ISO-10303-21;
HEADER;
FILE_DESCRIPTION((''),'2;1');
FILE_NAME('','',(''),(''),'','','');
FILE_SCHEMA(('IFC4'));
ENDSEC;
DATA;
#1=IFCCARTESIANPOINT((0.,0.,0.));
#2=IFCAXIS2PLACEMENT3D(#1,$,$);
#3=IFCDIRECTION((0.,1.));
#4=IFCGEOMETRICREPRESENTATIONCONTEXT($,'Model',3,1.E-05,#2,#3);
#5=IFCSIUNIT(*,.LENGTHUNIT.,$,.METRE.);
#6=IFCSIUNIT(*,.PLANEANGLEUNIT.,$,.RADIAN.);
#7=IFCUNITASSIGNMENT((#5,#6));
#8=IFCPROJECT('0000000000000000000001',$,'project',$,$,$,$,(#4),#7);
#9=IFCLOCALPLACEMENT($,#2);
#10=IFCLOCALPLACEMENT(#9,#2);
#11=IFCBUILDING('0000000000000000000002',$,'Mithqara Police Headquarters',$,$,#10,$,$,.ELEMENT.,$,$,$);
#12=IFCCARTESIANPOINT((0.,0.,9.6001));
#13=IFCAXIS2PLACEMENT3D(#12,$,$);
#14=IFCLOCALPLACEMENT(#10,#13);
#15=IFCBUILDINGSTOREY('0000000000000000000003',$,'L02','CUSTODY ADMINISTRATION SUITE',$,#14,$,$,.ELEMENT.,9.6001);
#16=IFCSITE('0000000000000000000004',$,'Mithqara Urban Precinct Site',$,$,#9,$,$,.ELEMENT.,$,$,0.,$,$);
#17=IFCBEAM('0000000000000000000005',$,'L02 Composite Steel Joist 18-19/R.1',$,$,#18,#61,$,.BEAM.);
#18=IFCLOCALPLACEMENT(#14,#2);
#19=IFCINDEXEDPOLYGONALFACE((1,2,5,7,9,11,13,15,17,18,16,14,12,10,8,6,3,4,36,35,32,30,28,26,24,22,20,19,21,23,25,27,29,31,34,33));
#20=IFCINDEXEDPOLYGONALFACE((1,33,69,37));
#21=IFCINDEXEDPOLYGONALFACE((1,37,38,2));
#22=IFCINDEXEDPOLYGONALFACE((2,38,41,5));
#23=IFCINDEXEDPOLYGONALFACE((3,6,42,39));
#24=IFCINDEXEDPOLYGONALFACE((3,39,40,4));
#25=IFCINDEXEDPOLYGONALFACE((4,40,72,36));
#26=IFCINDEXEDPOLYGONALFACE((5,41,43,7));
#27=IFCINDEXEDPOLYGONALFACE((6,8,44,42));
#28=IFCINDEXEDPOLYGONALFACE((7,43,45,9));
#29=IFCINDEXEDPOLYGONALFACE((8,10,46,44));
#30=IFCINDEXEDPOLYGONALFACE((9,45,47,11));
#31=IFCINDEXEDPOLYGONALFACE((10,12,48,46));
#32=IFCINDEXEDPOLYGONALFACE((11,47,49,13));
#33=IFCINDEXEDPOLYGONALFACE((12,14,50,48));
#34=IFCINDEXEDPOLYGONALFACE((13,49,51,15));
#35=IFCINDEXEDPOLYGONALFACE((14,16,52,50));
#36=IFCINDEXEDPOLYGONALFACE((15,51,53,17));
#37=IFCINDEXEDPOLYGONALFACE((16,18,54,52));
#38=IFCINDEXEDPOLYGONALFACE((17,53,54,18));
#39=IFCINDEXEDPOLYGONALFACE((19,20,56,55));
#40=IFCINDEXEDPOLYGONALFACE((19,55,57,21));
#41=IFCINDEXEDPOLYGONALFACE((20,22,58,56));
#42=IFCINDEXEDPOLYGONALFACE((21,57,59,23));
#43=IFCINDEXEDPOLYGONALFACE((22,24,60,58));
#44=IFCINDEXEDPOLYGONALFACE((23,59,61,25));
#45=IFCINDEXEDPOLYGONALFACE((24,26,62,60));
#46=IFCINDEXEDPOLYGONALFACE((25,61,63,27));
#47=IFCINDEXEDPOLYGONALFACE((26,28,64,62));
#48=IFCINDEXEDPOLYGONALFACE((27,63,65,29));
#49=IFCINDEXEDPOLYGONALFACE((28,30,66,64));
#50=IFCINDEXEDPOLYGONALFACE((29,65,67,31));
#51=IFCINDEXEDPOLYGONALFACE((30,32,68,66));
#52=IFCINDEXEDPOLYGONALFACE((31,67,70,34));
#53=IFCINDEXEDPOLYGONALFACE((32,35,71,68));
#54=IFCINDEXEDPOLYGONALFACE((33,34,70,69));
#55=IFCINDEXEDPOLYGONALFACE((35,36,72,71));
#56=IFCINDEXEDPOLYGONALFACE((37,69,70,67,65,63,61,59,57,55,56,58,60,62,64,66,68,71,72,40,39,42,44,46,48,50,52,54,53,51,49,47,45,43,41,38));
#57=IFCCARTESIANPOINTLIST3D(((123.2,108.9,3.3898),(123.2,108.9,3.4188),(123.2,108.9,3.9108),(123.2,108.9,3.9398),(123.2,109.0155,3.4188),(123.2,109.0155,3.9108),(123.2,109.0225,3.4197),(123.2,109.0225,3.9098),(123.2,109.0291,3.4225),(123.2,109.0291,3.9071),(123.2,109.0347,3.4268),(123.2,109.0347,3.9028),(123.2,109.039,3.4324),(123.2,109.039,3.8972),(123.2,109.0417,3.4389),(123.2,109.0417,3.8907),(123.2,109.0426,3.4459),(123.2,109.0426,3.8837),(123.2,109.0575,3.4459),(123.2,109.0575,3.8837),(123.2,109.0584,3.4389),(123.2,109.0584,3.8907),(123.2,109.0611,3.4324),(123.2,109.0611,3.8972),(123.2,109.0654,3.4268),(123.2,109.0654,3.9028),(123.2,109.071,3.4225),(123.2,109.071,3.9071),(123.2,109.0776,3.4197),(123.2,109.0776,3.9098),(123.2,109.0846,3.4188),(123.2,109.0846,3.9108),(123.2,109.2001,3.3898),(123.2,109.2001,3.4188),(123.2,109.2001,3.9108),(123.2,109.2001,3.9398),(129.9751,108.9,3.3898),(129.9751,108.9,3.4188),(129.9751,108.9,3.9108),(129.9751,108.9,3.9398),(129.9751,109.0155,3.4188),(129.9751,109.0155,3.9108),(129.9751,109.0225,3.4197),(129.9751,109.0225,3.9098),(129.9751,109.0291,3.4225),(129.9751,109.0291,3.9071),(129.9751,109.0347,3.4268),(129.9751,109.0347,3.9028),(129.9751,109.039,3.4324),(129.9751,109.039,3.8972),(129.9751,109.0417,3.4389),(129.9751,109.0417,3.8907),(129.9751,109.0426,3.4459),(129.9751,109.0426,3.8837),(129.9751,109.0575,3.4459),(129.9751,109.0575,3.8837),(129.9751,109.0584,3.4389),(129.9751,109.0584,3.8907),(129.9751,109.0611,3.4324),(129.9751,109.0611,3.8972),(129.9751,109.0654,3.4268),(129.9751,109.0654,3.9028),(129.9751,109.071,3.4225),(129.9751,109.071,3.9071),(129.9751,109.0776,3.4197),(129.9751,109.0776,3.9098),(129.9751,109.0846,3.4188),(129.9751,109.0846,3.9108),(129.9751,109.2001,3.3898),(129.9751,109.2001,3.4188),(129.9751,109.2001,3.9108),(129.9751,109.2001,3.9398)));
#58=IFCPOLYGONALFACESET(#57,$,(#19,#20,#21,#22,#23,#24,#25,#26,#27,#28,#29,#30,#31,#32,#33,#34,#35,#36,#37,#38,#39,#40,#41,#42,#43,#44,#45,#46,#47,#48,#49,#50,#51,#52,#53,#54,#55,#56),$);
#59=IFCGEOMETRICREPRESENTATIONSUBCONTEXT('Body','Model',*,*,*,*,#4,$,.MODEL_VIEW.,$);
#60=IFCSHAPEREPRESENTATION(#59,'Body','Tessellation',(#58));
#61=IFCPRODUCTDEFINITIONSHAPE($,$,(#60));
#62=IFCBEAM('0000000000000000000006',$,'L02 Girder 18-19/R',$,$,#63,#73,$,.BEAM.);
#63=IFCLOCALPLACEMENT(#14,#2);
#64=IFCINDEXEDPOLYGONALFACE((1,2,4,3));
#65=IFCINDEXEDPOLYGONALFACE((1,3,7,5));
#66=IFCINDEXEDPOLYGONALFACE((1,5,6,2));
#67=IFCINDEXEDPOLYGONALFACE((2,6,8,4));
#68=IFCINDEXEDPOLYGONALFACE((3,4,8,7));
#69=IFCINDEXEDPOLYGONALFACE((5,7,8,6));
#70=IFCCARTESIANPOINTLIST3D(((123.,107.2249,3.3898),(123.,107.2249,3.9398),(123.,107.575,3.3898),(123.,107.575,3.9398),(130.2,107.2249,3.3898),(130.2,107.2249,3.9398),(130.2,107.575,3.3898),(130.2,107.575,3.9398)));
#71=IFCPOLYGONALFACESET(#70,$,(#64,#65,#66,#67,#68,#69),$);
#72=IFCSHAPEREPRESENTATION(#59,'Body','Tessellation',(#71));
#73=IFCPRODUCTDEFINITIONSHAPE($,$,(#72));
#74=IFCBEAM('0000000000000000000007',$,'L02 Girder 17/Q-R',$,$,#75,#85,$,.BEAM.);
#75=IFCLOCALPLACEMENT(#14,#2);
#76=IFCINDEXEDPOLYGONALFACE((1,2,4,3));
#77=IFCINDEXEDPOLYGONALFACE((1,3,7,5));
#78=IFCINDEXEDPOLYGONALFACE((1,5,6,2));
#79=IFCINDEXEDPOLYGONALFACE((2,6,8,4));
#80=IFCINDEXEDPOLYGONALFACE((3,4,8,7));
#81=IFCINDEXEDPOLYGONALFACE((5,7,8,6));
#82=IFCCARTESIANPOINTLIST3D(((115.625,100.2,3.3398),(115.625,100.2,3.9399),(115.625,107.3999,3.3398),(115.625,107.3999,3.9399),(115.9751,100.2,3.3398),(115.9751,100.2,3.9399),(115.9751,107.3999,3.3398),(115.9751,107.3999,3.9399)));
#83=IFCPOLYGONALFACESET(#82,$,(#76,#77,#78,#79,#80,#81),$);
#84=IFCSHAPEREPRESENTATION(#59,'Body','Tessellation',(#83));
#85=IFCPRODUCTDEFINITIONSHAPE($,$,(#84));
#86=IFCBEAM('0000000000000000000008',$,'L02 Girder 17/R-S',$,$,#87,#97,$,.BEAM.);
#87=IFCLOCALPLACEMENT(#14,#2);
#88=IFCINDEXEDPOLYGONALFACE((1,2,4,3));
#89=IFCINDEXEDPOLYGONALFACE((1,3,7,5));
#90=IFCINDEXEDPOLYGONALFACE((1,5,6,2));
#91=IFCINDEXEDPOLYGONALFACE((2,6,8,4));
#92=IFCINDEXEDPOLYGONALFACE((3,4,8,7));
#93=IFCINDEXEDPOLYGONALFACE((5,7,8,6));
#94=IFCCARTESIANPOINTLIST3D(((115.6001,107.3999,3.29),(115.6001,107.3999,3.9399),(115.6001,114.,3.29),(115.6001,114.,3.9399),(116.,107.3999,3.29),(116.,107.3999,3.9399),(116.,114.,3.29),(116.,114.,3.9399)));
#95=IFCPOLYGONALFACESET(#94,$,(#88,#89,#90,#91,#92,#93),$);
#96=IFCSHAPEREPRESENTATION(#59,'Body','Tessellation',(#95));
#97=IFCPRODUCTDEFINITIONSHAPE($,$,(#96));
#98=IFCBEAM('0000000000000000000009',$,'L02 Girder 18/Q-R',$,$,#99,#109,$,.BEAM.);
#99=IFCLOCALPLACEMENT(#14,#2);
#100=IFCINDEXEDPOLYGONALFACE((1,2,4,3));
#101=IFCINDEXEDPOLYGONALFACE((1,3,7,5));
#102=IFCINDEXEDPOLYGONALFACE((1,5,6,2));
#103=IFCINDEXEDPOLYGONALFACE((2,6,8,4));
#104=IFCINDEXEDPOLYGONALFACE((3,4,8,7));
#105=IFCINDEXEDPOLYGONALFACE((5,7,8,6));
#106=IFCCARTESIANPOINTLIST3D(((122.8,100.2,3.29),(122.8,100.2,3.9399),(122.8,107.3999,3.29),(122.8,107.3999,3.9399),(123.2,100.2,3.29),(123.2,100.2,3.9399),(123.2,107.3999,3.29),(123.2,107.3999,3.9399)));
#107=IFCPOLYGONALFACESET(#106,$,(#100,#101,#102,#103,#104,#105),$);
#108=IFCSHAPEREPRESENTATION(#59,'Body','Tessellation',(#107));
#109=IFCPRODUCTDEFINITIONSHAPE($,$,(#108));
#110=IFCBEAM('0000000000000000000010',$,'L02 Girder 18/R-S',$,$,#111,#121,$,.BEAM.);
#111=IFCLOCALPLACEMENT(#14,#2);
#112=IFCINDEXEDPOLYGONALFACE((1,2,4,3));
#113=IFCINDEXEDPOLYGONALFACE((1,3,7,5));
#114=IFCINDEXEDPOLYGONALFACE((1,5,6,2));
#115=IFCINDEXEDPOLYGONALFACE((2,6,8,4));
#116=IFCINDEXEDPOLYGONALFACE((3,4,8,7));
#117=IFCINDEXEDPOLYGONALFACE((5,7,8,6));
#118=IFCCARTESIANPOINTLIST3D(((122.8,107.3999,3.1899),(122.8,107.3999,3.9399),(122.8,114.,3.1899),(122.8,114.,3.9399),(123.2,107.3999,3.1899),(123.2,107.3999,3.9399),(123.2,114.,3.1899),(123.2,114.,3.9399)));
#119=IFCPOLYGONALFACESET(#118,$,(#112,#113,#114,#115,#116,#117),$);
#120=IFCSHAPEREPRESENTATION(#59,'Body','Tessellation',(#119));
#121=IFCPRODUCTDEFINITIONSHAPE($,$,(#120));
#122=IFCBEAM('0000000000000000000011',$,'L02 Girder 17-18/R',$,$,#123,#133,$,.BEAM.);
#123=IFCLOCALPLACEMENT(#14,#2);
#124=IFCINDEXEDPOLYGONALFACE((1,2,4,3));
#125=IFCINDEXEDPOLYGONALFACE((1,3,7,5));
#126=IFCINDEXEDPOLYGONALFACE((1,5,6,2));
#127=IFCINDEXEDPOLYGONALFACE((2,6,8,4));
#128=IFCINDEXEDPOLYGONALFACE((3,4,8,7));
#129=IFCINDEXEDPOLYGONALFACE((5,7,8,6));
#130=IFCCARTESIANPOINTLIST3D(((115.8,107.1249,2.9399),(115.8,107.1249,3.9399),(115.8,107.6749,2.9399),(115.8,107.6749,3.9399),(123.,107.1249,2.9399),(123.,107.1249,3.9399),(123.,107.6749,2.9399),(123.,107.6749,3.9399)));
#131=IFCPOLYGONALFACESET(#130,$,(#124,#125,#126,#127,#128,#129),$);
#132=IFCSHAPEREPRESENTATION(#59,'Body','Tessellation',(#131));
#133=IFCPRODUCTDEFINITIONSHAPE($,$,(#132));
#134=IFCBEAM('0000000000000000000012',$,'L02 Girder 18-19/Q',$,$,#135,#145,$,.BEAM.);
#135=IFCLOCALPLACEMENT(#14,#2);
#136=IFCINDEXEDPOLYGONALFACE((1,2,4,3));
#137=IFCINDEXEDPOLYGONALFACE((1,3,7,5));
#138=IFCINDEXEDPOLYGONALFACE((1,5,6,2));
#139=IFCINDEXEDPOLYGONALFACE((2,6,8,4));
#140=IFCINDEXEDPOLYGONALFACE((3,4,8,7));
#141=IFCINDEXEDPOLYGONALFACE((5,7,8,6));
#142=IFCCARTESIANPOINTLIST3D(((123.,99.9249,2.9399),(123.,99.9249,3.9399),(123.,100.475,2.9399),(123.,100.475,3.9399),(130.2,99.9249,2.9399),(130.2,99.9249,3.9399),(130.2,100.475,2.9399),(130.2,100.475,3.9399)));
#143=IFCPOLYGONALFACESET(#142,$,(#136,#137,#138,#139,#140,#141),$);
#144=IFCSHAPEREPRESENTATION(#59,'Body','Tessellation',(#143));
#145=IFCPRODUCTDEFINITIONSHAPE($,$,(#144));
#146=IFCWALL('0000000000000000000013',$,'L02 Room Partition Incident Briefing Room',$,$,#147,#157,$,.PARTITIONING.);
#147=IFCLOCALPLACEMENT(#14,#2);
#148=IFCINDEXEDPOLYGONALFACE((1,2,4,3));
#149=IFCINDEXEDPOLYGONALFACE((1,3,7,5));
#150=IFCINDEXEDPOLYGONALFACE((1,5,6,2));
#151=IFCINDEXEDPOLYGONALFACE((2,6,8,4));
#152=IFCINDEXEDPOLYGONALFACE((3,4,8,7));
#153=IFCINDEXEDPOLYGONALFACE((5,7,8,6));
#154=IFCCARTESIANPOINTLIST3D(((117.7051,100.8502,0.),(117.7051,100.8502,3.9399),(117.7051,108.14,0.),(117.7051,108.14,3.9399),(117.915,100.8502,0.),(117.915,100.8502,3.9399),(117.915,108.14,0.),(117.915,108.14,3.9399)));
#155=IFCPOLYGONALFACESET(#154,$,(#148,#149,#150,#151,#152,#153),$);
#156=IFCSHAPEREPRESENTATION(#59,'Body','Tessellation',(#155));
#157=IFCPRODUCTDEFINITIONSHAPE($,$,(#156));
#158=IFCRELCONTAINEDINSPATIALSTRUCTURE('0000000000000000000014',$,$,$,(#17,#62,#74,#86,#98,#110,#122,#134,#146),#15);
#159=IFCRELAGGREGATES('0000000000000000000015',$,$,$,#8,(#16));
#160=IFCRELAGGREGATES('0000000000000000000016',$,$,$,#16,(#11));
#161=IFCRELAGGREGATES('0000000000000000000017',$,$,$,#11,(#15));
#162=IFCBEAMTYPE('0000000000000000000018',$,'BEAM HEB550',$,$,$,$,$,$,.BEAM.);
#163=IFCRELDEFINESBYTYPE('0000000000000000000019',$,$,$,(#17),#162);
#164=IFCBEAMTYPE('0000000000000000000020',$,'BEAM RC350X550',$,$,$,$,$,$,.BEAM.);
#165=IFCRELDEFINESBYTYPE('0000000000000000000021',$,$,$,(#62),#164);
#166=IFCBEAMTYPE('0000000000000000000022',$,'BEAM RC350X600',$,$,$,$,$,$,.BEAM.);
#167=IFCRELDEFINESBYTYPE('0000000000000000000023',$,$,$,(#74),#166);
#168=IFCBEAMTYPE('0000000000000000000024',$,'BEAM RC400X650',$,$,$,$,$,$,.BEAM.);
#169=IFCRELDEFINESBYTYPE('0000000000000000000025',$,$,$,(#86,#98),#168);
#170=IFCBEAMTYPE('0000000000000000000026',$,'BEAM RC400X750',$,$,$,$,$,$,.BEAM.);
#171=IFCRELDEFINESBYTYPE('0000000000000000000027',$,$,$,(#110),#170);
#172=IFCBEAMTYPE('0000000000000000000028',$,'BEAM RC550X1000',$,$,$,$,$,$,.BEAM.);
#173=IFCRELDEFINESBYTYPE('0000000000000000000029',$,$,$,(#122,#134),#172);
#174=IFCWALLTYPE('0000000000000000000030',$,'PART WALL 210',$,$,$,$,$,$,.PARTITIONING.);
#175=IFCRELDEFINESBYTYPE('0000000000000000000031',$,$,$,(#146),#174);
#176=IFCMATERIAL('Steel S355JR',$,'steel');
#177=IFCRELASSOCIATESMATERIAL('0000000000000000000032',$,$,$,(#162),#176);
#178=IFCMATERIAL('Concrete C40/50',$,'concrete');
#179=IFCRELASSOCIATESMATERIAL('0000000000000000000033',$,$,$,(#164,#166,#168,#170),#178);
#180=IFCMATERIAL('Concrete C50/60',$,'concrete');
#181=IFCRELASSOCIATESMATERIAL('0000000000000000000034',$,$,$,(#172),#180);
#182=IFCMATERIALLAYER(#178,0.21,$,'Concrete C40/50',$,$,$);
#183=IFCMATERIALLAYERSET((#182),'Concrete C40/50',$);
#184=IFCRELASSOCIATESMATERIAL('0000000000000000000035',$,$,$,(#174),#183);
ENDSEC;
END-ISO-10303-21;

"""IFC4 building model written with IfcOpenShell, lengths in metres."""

from ifc_helpers import new_model, si_unit, direction, frame, frame_2d, origin, origin_2d, place, context, subcontext, project, spatial, rectangle, i_section, extrude, material, layer, layer_set, material_profile, profile_set, type_object, element, save


model = new_model("IFC4")

# Units and contexts
model_context = context("Model", 3, precision=1e-05, world=origin(), true_north=direction((0.0, 1.0)))
body_context = subcontext(model_context, "Body", "Model", "MODEL_VIEW")
ifc_project = project(units=[si_unit("LENGTHUNIT", "METRE"), si_unit("PLANEANGLEUNIT", "RADIAN")], contexts=[model_context])

# Site, building, storey
site_placement = place(None, origin())
site = spatial("IfcSite", under=ifc_project, at=site_placement, Name="Mithqara Urban Precinct Site", CompositionType="ELEMENT", RefElevation=0.0)
building_placement = place(site_placement, origin())
building = spatial("IfcBuilding", under=site, at=building_placement, Name="Mithqara Police Headquarters", CompositionType="ELEMENT")
storey_placement = place(building_placement, frame((0.0, 0.0, 9.6001)))
storey = spatial("IfcBuildingStorey", under=building, at=storey_placement, Name="L02", Description="CUSTODY ADMINISTRATION SUITE", CompositionType="ELEMENT", Elevation=9.6001)

# Shared definitions
ifc_material_1 = material(Name="Concrete C50/60", Category="concrete")

# Beams
ifc_material_2 = material(Name="Steel S355JR", Category="steel")
ifc_material_profile_1 = material_profile(ifc_material_2, i_section(OverallWidth=0.3, OverallDepth=0.55, WebThickness=0.0149, FlangeThickness=0.0291, FilletRadius=0.0271, at=origin_2d()), Name="HEB 550")
ifc_profile_set_1 = profile_set([ifc_material_profile_1], Name="Steel S355JR")
beam_type_1 = type_object("IfcBeamType", Name="BEAM HEB550", PredefinedType="BEAM", material=ifc_profile_set_1)
beam_1_placement = place(storey_placement, frame((123.2, 109.05, 3.6648), z_axis=(1.0, 0.0, 0.0), x_axis=(0.0, 1.0, 0.0)))
element("IfcBeam", 1, at=beam_1_placement, inside=storey, type_object=beam_type_1, Name="L02 Composite Steel Joist 18-19/R.1", PredefinedType="BEAM", context=body_context, shape_type="SweptSolid", body=[
    extrude(i_section(OverallWidth=0.3, OverallDepth=0.55, WebThickness=0.0149, FlangeThickness=0.0291, FilletRadius=0.0271, at=origin_2d()), origin(), (0.0, 0.0, 1.0), 6.7751),
])
ifc_material_3 = material(Name="Concrete C40/50", Category="concrete")
ifc_material_profile_2 = material_profile(ifc_material_3, rectangle(XDim=0.3501, YDim=0.55, at=origin_2d()), Name="RC 350x550")
ifc_profile_set_2 = profile_set([ifc_material_profile_2], Name="Concrete C40/50")
beam_type_2 = type_object("IfcBeamType", Name="BEAM RC350X550", PredefinedType="BEAM", material=ifc_profile_set_2)
beam_2_placement = place(storey_placement, frame((123.0, 107.3999, 3.6648), z_axis=(1.0, 0.0, 0.0), x_axis=(0.0, 1.0, 0.0)))
element("IfcBeam", 2, at=beam_2_placement, inside=storey, type_object=beam_type_2, Name="L02 Girder 18-19/R", PredefinedType="BEAM", context=body_context, shape_type="SweptSolid", body=[
    extrude(rectangle(XDim=0.3501, YDim=0.55, at=origin_2d()), origin(), (0.0, 0.0, 1.0), 7.2),
])
ifc_material_profile_3 = material_profile(ifc_material_3, rectangle(XDim=0.3501, YDim=0.6001, at=origin_2d()), Name="RC 350x600")
ifc_profile_set_3 = profile_set([ifc_material_profile_3], Name="Concrete C40/50")
beam_type_3 = type_object("IfcBeamType", Name="BEAM RC350X600", PredefinedType="BEAM", material=ifc_profile_set_3)
beam_3_placement = place(storey_placement, frame((115.8, 100.2, 3.6399), z_axis=(0.0, 1.0, 0.0), x_axis=(-1.0, 0.0, 0.0)))
element("IfcBeam", 3, at=beam_3_placement, inside=storey, type_object=beam_type_3, Name="L02 Girder 17/Q-R", PredefinedType="BEAM", context=body_context, shape_type="SweptSolid", body=[
    extrude(rectangle(XDim=0.3501, YDim=0.6001, at=origin_2d()), origin(), (0.0, 0.0, 1.0), 7.2),
])
ifc_material_profile_4 = material_profile(ifc_material_3, rectangle(XDim=0.3999, YDim=0.6499, at=origin_2d()), Name="RC 400x650")
ifc_profile_set_4 = profile_set([ifc_material_profile_4], Name="Concrete C40/50")
beam_type_4 = type_object("IfcBeamType", Name="BEAM RC400X650", PredefinedType="BEAM", material=ifc_profile_set_4)
beam_4_placement = place(storey_placement, frame((115.8, 107.3999, 3.615), z_axis=(0.0, 1.0, 0.0), x_axis=(-1.0, 0.0, 0.0)))
element("IfcBeam", 4, at=beam_4_placement, inside=storey, type_object=beam_type_4, Name="L02 Girder 17/R-S", PredefinedType="BEAM", context=body_context, shape_type="SweptSolid", body=[
    extrude(rectangle(XDim=0.3999, YDim=0.6499, at=origin_2d()), origin(), (0.0, 0.0, 1.0), 6.6001),
])
beam_5_placement = place(storey_placement, frame((123.0, 100.2, 3.615), z_axis=(0.0, 1.0, 0.0), x_axis=(-1.0, 0.0, 0.0)))
element("IfcBeam", 5, at=beam_5_placement, inside=storey, type_object=beam_type_4, Name="L02 Girder 18/Q-R", PredefinedType="BEAM", context=body_context, shape_type="SweptSolid", body=[
    extrude(rectangle(XDim=0.3999, YDim=0.6499, at=origin_2d()), origin(), (0.0, 0.0, 1.0), 7.2),
])
ifc_material_profile_5 = material_profile(ifc_material_3, rectangle(XDim=0.3999, YDim=0.75, at=origin_2d()), Name="RC 400x750")
ifc_profile_set_5 = profile_set([ifc_material_profile_5], Name="Concrete C40/50")
beam_type_5 = type_object("IfcBeamType", Name="BEAM RC400X750", PredefinedType="BEAM", material=ifc_profile_set_5)
beam_6_placement = place(storey_placement, frame((123.0, 107.3999, 3.5649), z_axis=(0.0, 1.0, 0.0), x_axis=(-1.0, 0.0, 0.0)))
element("IfcBeam", 6, at=beam_6_placement, inside=storey, type_object=beam_type_5, Name="L02 Girder 18/R-S", PredefinedType="BEAM", context=body_context, shape_type="SweptSolid", body=[
    extrude(rectangle(XDim=0.3999, YDim=0.75, at=origin_2d()), origin(), (0.0, 0.0, 1.0), 6.6001),
])
ifc_material_profile_6 = material_profile(ifc_material_1, rectangle(XDim=0.55, YDim=1.0, at=origin_2d()), Name="RC 550x1000")
ifc_profile_set_6 = profile_set([ifc_material_profile_6], Name="Concrete C50/60")
beam_type_6 = type_object("IfcBeamType", Name="BEAM RC550X1000", PredefinedType="BEAM", material=ifc_profile_set_6)
for number, where, z_axis, x_axis, name in (
    (7, (115.8, 107.3999, 3.4399), (1.0, 0.0, 0.0), (0.0, 1.0, 0.0), "L02 Girder 17-18/R"),
    (8, (123.0, 100.2, 3.4399), (1.0, 0.0, 0.0), (0.0, 1.0, 0.0), "L02 Girder 18-19/Q"),
):
    element("IfcBeam", number, at=place(storey_placement, frame(where, z_axis=z_axis, x_axis=x_axis)), inside=storey, type_object=beam_type_6, Name=name, PredefinedType="BEAM", context=body_context, shape_type="SweptSolid", body=[
        extrude(rectangle(XDim=0.55, YDim=1.0, at=origin_2d()), origin(), (0.0, 0.0, 1.0), 7.2),
    ])

# Wall
ifc_layer = layer(ifc_material_3, 0.21, Name="Concrete C40/50")
ifc_layer_set = layer_set([ifc_layer], Name="Concrete C40/50")
wall_type = type_object("IfcWallType", Name="PART WALL 210", PredefinedType="PARTITIONING", material=ifc_layer_set)
wall_1_placement = place(storey_placement, frame((117.8101, 100.8501, 0.0), z_axis=(0.0, 0.0, 1.0), x_axis=(0.0, 1.0, 0.0)))
element("IfcWall", 9, at=wall_1_placement, inside=storey, type_object=wall_type, Name="L02 Room Partition Incident Briefing Room", PredefinedType="PARTITIONING", context=body_context, shape_type="SweptSolid", body=[
    extrude(rectangle(XDim=7.2898, YDim=0.21, at=frame_2d((3.645, 0.0))), origin(), (0.0, 0.0, 1.0), 3.9399),
])

save(model, "model.ifc")
